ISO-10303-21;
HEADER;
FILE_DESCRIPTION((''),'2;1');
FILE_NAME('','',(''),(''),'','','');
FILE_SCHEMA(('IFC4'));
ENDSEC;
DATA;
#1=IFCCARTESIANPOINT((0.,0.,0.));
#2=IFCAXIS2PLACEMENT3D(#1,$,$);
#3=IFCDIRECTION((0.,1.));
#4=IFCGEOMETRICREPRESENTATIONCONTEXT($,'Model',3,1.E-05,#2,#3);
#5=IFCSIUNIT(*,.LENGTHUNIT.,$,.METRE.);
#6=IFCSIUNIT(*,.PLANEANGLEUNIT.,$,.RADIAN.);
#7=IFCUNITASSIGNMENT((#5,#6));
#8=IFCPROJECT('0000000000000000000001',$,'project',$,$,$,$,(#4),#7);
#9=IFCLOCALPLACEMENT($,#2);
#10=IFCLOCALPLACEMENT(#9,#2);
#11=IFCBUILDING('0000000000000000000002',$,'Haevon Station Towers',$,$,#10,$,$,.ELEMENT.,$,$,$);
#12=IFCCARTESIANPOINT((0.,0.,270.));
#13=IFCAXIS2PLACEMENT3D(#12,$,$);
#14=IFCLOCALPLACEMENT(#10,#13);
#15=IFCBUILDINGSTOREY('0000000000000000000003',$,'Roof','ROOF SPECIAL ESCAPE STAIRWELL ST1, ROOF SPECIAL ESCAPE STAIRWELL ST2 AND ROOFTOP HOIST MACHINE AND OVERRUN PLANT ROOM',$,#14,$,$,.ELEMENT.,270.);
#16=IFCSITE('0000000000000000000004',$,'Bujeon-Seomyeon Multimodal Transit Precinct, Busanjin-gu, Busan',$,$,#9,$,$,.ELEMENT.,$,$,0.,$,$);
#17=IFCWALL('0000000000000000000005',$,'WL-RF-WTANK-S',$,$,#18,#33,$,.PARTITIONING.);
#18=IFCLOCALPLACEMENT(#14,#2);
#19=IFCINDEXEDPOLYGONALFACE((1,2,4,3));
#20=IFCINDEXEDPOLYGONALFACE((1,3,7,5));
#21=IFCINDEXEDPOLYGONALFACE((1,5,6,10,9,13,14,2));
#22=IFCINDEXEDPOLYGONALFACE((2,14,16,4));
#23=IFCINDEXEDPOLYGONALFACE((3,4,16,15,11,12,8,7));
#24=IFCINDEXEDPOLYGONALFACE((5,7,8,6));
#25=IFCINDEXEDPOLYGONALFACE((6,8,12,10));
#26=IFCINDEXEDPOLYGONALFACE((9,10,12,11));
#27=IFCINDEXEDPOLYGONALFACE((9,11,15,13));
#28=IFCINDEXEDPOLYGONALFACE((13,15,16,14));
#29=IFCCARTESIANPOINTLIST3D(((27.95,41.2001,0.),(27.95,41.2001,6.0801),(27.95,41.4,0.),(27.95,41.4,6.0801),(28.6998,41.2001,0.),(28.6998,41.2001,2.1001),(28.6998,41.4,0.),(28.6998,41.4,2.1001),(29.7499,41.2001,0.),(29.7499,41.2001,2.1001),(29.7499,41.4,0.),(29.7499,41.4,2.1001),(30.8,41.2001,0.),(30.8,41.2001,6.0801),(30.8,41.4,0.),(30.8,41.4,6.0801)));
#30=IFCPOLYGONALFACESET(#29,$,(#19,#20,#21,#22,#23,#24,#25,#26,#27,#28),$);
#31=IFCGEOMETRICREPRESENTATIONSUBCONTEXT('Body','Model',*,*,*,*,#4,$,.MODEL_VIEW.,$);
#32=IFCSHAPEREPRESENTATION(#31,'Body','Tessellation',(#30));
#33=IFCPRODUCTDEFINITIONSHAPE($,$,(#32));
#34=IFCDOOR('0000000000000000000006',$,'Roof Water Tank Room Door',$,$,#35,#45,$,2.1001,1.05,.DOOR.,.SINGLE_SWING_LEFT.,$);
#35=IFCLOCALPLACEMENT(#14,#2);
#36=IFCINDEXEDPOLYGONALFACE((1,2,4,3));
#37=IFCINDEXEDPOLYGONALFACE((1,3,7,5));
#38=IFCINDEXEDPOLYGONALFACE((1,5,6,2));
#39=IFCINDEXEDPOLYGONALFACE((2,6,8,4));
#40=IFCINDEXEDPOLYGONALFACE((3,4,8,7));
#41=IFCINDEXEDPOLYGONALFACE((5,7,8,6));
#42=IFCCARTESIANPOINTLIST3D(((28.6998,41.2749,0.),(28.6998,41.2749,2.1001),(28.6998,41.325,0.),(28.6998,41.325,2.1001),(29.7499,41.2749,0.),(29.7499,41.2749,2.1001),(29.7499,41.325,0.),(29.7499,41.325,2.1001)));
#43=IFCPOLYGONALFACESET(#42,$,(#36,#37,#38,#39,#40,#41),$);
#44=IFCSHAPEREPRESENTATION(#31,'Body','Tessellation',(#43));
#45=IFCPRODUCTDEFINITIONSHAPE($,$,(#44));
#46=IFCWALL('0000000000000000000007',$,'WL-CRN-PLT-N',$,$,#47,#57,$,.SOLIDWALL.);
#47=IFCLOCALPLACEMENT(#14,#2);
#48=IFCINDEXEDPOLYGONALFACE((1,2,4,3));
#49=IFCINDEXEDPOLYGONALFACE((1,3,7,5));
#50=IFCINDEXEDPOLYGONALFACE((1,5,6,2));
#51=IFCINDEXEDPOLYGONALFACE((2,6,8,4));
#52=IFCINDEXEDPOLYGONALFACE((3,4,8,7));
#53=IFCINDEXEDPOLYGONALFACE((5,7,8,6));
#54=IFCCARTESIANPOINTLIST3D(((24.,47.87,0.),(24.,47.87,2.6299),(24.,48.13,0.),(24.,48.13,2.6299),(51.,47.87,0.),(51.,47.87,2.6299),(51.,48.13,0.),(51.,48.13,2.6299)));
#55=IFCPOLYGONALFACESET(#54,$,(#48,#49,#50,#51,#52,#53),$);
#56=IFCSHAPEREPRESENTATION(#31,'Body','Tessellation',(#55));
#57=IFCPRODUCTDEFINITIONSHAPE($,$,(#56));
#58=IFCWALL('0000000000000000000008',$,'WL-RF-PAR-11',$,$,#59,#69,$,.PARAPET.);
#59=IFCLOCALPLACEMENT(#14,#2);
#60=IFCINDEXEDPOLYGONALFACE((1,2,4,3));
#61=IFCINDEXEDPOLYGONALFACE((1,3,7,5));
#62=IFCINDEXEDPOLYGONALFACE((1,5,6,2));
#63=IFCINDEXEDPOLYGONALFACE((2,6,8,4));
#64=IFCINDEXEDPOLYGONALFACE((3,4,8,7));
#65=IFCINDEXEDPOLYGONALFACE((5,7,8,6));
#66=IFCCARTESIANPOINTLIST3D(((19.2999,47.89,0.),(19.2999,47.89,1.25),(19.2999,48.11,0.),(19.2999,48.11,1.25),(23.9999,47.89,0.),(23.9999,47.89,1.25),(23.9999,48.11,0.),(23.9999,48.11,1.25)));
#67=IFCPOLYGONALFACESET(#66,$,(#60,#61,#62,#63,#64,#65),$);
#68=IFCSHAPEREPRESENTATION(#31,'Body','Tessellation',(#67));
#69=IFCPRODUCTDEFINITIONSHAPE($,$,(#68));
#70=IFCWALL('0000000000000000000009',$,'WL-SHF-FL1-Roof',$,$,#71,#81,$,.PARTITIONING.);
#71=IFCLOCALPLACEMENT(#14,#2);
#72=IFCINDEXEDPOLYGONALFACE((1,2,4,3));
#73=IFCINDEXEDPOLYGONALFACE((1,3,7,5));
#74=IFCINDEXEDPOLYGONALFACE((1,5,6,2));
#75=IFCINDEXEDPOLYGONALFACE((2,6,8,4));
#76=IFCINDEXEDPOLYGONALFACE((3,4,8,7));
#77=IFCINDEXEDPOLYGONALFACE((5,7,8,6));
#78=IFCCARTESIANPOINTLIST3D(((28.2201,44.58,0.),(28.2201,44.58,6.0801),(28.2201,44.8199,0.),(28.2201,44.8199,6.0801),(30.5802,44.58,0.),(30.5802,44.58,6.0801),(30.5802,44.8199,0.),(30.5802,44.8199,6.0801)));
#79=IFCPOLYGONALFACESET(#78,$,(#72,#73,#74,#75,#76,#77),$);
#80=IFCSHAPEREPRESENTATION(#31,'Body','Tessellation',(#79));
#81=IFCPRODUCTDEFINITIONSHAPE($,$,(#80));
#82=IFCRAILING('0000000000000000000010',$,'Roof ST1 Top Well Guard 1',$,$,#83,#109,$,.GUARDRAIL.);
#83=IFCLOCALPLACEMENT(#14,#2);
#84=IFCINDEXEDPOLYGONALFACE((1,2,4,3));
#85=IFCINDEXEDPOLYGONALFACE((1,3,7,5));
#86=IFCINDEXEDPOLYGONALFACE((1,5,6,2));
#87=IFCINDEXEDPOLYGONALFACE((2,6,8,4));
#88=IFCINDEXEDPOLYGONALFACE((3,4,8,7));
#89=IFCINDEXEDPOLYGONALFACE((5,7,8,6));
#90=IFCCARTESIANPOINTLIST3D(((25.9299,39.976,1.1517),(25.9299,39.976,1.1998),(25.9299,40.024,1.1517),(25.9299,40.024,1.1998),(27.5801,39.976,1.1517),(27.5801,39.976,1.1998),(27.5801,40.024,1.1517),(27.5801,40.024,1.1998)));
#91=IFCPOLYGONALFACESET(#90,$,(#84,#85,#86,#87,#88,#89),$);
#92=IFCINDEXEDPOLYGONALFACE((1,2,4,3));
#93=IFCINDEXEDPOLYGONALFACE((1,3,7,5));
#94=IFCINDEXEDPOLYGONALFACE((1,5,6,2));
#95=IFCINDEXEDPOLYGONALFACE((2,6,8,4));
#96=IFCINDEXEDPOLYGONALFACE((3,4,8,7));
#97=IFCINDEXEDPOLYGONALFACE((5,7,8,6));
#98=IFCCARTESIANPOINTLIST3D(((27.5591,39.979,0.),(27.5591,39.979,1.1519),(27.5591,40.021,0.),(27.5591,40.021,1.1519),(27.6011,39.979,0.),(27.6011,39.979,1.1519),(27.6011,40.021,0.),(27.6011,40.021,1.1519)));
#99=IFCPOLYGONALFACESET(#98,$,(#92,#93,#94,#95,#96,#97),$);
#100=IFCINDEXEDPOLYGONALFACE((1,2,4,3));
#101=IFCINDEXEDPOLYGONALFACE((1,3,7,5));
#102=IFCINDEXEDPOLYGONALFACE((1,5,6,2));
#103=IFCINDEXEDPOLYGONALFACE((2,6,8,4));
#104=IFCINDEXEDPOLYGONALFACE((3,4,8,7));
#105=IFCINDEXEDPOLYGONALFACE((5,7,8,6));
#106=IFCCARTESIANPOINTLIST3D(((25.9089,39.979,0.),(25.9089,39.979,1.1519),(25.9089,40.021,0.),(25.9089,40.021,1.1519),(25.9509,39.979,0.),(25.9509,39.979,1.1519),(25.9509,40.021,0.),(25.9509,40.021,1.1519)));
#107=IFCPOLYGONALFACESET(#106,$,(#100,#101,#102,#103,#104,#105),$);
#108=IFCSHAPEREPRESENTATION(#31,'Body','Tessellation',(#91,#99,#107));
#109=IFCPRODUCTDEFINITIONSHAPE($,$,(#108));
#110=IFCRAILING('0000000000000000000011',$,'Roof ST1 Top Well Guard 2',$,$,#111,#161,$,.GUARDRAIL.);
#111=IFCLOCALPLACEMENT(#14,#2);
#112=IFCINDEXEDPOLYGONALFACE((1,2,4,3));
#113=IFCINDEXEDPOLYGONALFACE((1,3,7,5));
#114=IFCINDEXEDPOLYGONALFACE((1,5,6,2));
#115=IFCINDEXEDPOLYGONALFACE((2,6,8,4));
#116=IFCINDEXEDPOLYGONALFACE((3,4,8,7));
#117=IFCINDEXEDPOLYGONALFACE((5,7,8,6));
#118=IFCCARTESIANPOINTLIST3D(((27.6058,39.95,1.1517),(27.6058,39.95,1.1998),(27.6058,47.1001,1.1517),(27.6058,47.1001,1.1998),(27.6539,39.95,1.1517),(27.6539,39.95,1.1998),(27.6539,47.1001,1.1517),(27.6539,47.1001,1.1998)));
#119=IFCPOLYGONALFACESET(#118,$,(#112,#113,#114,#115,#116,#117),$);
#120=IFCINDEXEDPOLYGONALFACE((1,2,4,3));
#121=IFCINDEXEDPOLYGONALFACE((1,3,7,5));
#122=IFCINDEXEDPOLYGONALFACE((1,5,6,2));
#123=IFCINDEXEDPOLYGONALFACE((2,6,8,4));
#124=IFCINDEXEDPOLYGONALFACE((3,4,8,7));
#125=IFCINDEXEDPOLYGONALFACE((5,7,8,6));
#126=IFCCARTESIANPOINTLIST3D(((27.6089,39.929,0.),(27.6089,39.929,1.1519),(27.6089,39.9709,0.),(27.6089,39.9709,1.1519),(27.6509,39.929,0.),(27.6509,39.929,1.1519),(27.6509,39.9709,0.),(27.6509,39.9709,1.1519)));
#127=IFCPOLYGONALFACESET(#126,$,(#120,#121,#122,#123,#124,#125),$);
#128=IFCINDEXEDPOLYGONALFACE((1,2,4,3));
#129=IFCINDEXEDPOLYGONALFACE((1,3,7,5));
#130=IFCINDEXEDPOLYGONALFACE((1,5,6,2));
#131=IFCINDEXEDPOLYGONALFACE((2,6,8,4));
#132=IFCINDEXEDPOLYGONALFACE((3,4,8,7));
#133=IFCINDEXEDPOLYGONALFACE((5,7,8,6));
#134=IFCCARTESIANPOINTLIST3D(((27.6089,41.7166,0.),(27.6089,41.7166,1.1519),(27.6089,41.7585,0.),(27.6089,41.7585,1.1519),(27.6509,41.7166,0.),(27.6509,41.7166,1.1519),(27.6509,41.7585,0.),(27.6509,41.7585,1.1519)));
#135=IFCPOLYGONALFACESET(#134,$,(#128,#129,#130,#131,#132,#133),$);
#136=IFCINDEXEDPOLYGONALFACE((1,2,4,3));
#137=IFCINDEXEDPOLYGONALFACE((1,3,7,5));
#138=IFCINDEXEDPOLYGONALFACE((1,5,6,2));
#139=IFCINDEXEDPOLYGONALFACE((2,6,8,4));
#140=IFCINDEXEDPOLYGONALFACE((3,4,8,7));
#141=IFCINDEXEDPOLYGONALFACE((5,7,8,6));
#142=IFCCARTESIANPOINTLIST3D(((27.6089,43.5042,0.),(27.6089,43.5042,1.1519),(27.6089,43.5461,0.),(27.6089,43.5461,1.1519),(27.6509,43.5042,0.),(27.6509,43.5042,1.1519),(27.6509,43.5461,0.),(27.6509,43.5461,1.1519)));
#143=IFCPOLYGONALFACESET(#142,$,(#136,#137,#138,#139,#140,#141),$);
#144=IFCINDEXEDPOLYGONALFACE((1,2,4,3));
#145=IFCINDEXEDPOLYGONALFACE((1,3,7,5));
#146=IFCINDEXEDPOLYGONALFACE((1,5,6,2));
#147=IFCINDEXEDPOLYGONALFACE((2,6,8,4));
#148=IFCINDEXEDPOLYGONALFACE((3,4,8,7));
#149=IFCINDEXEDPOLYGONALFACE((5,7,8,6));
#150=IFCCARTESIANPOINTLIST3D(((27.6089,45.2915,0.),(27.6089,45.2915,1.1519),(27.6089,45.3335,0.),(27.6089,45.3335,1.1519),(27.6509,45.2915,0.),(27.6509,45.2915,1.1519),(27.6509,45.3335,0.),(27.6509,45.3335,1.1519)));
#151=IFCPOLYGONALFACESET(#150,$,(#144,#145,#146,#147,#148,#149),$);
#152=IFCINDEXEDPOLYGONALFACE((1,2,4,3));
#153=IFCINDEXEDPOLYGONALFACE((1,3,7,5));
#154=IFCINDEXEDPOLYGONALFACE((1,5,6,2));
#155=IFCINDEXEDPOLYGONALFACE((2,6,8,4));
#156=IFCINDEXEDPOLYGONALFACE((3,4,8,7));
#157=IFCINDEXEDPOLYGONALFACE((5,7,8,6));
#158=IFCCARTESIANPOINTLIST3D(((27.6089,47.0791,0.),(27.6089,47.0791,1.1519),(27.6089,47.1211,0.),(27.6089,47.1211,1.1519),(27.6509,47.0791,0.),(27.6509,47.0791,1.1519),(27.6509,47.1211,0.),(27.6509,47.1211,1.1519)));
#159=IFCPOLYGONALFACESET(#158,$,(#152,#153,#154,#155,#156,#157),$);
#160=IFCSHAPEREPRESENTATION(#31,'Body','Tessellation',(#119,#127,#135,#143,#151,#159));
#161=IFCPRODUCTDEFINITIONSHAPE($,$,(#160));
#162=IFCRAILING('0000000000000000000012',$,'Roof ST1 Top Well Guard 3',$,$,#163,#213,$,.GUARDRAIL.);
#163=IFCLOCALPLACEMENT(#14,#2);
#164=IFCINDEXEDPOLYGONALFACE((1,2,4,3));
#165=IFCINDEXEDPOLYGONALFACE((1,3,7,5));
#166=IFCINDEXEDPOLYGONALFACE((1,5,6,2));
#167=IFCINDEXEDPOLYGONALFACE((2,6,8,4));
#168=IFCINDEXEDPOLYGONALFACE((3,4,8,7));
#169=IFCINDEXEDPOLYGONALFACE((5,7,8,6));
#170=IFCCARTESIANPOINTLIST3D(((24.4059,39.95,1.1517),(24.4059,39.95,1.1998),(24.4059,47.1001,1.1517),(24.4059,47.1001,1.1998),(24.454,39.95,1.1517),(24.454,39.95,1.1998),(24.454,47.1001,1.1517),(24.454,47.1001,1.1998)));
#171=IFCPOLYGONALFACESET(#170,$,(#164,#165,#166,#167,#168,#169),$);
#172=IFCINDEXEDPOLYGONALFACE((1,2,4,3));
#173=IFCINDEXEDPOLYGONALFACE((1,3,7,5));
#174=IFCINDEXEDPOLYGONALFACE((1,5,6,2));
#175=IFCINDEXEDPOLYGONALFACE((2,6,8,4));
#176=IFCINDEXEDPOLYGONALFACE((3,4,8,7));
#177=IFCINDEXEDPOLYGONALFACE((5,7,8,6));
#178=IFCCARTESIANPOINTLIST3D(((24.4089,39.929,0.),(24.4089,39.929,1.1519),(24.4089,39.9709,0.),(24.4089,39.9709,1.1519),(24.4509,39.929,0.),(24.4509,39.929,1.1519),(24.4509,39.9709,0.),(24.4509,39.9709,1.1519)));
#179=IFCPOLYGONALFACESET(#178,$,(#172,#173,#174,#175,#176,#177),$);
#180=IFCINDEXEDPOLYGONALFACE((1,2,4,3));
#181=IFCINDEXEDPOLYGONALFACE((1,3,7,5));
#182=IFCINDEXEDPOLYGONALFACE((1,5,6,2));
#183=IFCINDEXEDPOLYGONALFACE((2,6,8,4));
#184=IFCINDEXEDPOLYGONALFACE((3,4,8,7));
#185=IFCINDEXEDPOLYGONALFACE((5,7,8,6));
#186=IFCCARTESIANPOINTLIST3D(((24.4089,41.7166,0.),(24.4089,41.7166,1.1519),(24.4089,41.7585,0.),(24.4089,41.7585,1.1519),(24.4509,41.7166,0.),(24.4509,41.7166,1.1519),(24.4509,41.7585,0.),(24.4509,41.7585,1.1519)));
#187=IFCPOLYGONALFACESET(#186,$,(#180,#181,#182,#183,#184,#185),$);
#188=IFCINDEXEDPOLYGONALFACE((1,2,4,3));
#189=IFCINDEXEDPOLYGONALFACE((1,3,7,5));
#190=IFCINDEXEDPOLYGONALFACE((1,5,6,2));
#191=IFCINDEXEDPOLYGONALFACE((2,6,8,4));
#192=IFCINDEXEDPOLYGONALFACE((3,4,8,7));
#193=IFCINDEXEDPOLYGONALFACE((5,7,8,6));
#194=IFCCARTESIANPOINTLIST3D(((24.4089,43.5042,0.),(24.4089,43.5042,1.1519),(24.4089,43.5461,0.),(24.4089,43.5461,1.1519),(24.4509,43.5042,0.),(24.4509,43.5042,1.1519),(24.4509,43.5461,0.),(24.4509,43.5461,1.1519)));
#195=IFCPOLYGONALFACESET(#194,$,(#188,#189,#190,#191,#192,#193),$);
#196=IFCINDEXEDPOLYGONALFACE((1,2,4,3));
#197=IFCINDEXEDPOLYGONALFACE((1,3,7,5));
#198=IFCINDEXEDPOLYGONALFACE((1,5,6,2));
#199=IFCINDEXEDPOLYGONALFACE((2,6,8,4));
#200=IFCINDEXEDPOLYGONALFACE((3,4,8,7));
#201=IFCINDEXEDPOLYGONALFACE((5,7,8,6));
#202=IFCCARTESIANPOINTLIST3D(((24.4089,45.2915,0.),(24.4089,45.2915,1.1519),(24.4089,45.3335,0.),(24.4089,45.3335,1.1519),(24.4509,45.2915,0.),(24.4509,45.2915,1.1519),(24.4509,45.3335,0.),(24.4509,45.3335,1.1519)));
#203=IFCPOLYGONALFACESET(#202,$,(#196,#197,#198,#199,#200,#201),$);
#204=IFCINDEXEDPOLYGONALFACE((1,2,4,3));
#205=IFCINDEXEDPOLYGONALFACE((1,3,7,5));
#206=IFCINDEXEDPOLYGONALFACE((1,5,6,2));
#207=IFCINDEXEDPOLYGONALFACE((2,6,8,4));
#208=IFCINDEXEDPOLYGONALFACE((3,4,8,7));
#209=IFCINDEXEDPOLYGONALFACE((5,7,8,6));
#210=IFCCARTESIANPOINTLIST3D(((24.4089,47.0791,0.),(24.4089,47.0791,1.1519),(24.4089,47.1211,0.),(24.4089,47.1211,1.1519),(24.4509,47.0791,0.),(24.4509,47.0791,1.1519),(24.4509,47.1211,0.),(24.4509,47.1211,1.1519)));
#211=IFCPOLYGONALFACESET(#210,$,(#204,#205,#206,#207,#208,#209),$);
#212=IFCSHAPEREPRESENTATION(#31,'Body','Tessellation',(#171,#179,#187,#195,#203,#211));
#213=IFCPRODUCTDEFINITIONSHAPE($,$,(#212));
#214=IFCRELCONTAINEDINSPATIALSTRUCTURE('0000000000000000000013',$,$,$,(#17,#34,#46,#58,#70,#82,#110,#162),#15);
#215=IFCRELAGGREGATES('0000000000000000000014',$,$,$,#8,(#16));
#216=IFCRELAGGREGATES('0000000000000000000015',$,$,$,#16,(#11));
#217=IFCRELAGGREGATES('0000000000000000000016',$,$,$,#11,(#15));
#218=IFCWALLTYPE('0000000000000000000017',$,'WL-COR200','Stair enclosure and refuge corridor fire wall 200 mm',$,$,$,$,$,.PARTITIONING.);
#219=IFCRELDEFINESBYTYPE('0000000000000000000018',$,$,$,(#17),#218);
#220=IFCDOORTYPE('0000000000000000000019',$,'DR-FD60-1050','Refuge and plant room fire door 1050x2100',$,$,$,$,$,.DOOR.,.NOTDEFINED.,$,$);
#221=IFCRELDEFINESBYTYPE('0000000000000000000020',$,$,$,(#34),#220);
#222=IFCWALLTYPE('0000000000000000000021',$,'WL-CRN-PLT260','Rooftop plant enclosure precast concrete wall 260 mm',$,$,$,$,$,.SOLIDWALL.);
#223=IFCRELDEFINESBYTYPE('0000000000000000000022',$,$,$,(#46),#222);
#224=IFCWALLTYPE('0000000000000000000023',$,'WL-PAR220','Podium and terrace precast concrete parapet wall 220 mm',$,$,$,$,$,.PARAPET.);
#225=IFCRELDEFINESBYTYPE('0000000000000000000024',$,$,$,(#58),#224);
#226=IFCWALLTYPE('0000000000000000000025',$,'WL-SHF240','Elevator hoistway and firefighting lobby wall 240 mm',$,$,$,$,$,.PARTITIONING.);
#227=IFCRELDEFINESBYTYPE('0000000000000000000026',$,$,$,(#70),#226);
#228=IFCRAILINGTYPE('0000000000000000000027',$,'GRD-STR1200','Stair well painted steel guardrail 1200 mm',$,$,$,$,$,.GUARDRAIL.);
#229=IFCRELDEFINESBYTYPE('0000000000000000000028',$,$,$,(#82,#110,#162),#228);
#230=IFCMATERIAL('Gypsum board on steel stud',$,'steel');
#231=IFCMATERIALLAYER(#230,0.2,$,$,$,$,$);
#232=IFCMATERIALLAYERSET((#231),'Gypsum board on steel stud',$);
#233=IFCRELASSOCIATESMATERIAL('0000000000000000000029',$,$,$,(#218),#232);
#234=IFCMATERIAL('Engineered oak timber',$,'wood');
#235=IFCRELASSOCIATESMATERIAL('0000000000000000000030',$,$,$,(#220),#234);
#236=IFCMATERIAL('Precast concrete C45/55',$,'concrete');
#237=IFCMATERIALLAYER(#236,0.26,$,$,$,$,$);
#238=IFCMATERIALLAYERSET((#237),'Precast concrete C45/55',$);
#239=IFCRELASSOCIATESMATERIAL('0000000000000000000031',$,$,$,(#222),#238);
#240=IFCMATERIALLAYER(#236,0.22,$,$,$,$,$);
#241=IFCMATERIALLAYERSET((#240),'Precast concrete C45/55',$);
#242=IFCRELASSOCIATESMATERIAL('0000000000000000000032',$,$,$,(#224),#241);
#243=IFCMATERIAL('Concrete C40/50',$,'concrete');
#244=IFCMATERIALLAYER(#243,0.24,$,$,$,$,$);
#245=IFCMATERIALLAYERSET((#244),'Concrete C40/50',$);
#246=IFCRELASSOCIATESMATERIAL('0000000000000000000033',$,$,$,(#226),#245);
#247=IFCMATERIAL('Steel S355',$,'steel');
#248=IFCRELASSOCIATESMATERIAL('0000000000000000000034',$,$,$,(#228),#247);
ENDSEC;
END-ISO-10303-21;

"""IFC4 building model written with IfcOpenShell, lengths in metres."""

from ifc_helpers import new_model, si_unit, direction, frame, frame_2d, origin, origin_2d, place, context, subcontext, project, spatial, rectangle, extrude, material, layer, layer_set, type_object, element, fill, save


model = new_model("IFC4")

# Units and contexts
model_context = context("Model", 3, precision=1e-05, world=origin(), true_north=direction((0.0, 1.0)))
body_context = subcontext(model_context, "Body", "Model", "MODEL_VIEW")
ifc_project = project(units=[si_unit("LENGTHUNIT", "METRE"), si_unit("PLANEANGLEUNIT", "RADIAN")], contexts=[model_context])

# Site, building, storey
site_placement = place(None, origin())
site = spatial("IfcSite", under=ifc_project, at=site_placement, Name="Bujeon-Seomyeon Multimodal Transit Precinct, Busanjin-gu, Busan", CompositionType="ELEMENT", RefElevation=0.0)
building_placement = place(site_placement, origin())
building = spatial("IfcBuilding", under=site, at=building_placement, Name="Haevon Station Towers", CompositionType="ELEMENT")
storey_placement = place(building_placement, frame((0.0, 0.0, 270.0)))
storey = spatial("IfcBuildingStorey", under=building, at=storey_placement, Name="Roof", Description="ROOF SPECIAL ESCAPE STAIRWELL ST1, ROOF SPECIAL ESCAPE STAIRWELL ST2 AND ROOFTOP HOIST MACHINE AND OVERRUN PLANT ROOM", CompositionType="ELEMENT", Elevation=270.0)

# Shared definitions
ifc_material_1 = material(Name="Steel S355", Category="steel")

# Wall, opening, door
ifc_material_2 = material(Name="Gypsum board on steel stud", Category="steel")
ifc_layer_1 = layer(ifc_material_2, 0.2)
ifc_layer_set_1 = layer_set([ifc_layer_1], Name="Gypsum board on steel stud")
wall_type_1 = type_object("IfcWallType", Name="WL-COR200", Description="Stair enclosure and refuge corridor fire wall 200 mm", PredefinedType="PARTITIONING", material=ifc_layer_set_1)
ifc_material_3 = material(Name="Engineered oak timber", Category="wood")
wall_1_placement = place(storey_placement, frame((27.95, 41.3, 0.0), z_axis=(0.0, 0.0, 1.0), x_axis=(1.0, 0.0, 0.0)))
wall_1 = element("IfcWall", 1, at=wall_1_placement, inside=storey, type_object=wall_type_1, Name="WL-RF-WTANK-S", PredefinedType="PARTITIONING", context=body_context, shape_type="SweptSolid", body=[
    extrude(rectangle(XDim=2.8501, YDim=0.2, at=frame_2d((1.425, 0.0))), origin(), (0.0, 0.0, 1.0), 6.0801),
])
opening_1_placement = place(wall_1_placement, frame((0.75, 0.0, 0.0)))
opening_1 = element("IfcOpeningElement", 2, at=opening_1_placement, cuts=wall_1, PredefinedType="OPENING", context=body_context, shape_type="SweptSolid", body=[
    extrude(rectangle(XDim=1.05, YDim=2.1001, at=frame_2d((0.5249, 1.05))), frame((0.0, 0.1099, 0.0), z_axis=(0.0, -1.0, 0.0), x_axis=(1.0, 0.0, 0.0)), (0.0, 0.0, 1.0), 0.22),
])
door_type_1 = type_object("IfcDoorType", Name="DR-FD60-1050", Description="Refuge and plant room fire door 1050x2100", OperationType="NOTDEFINED", PredefinedType="DOOR", material=ifc_material_3)
door_1_placement = place(opening_1_placement, origin())
door_1 = element("IfcDoor", 3, at=door_1_placement, inside=storey, type_object=door_type_1, Name="Roof Water Tank Room Door", OperationType="SINGLE_SWING_LEFT", OverallHeight=2.1001, OverallWidth=1.05, PredefinedType="DOOR", context=body_context, shape_type="SweptSolid", body=[
    extrude(rectangle(XDim=1.05, YDim=2.1001, at=frame_2d((0.5249, 1.05))), frame((0.0, 0.0249, 0.0), z_axis=(0.0, -1.0, 0.0), x_axis=(1.0, 0.0, 0.0)), (0.0, 0.0, 1.0), 0.05),
])
fill(opening_1, door_1)

# Walls
ifc_material_4 = material(Name="Precast concrete C45/55", Category="concrete")
ifc_layer_2 = layer(ifc_material_4, 0.26)
ifc_layer_set_2 = layer_set([ifc_layer_2], Name="Precast concrete C45/55")
wall_type_2 = type_object("IfcWallType", Name="WL-CRN-PLT260", Description="Rooftop plant enclosure precast concrete wall 260 mm", PredefinedType="SOLIDWALL", material=ifc_layer_set_2)
wall_2_placement = place(storey_placement, frame((24.0, 48.0, 0.0), z_axis=(0.0, 0.0, 1.0), x_axis=(1.0, 0.0, 0.0)))
element("IfcWall", 4, at=wall_2_placement, inside=storey, type_object=wall_type_2, Name="WL-CRN-PLT-N", PredefinedType="SOLIDWALL", context=body_context, shape_type="SweptSolid", body=[
    extrude(rectangle(XDim=27.0, YDim=0.26, at=frame_2d((13.5, 0.0))), origin(), (0.0, 0.0, 1.0), 2.6299),
])
ifc_layer_3 = layer(ifc_material_4, 0.22)
ifc_layer_set_3 = layer_set([ifc_layer_3], Name="Precast concrete C45/55")
wall_type_3 = type_object("IfcWallType", Name="WL-PAR220", Description="Podium and terrace precast concrete parapet wall 220 mm", PredefinedType="PARAPET", material=ifc_layer_set_3)
wall_3_placement = place(storey_placement, frame((24.0, 48.0, 0.0), z_axis=(0.0, 0.0, 1.0), x_axis=(-1.0, 0.0, 0.0)))
element("IfcWall", 5, at=wall_3_placement, inside=storey, type_object=wall_type_3, Name="WL-RF-PAR-11", PredefinedType="PARAPET", context=body_context, shape_type="SweptSolid", body=[
    extrude(rectangle(XDim=4.7, YDim=0.22, at=frame_2d((2.3501, 0.0))), origin(), (0.0, 0.0, 1.0), 1.25),
])
ifc_material_5 = material(Name="Concrete C40/50", Category="concrete")
ifc_layer_4 = layer(ifc_material_5, 0.24)
ifc_layer_set_4 = layer_set([ifc_layer_4], Name="Concrete C40/50")
wall_type_4 = type_object("IfcWallType", Name="WL-SHF240", Description="Elevator hoistway and firefighting lobby wall 240 mm", PredefinedType="PARTITIONING", material=ifc_layer_set_4)
wall_4_placement = place(storey_placement, frame((28.22, 44.7, 0.0), z_axis=(0.0, 0.0, 1.0), x_axis=(1.0, 0.0, 0.0)))
element("IfcWall", 6, at=wall_4_placement, inside=storey, type_object=wall_type_4, Name="WL-SHF-FL1-Roof", PredefinedType="PARTITIONING", context=body_context, shape_type="SweptSolid", body=[
    extrude(rectangle(XDim=2.3601, YDim=0.24, at=frame_2d((1.1802, 0.0))), origin(), (0.0, 0.0, 1.0), 6.0801),
])

# Railings
railing_type = type_object("IfcRailingType", Name="GRD-STR1200", Description="Stair well painted steel guardrail 1200 mm", PredefinedType="GUARDRAIL", material=ifc_material_1)
railing_1_placement = place(storey_placement, frame((27.5801, 40.0, 0.0)))
element("IfcRailing", 7, at=railing_1_placement, inside=storey, type_object=railing_type, Name="Roof ST1 Top Well Guard 1", PredefinedType="GUARDRAIL", context=body_context, shape_type="SweptSolid", body=[
    extrude(rectangle(XDim=0.0481, YDim=0.0481, at=origin_2d()), frame((0.0, 0.0, 1.1758), z_axis=(-1.0, 0.0, 0.0), x_axis=(0.0, -1.0, 0.0)), (0.0, 0.0, 1.0), 1.6501),
    extrude(rectangle(XDim=0.042, YDim=0.042, at=origin_2d()), origin(), (0.0, 0.0, 1.0), 1.1519),
    extrude(rectangle(XDim=0.042, YDim=0.042, at=origin_2d()), frame((-1.6501, 0.0, 0.0)), (0.0, 0.0, 1.0), 1.1519),
])
for number, where, name in (
    (8, (27.6299, 39.95, 0.0), "Roof ST1 Top Well Guard 2"),
    (9, (24.4299, 39.95, 0.0), "Roof ST1 Top Well Guard 3"),
):
    element("IfcRailing", number, at=place(storey_placement, frame(where)), inside=storey, type_object=railing_type, Name=name, PredefinedType="GUARDRAIL", context=body_context, shape_type="SweptSolid", body=[
        extrude(rectangle(XDim=0.0481, YDim=0.0481, at=origin_2d()), frame((0.0, 0.0, 1.1758), z_axis=(0.0, 1.0, 0.0), x_axis=(-1.0, 0.0, 0.0)), (0.0, 0.0, 1.0), 7.1501),
        extrude(rectangle(XDim=0.042, YDim=0.042, at=origin_2d()), origin(), (0.0, 0.0, 1.0), 1.1519),
        extrude(rectangle(XDim=0.042, YDim=0.042, at=origin_2d()), frame((0.0, 1.7876, 0.0)), (0.0, 0.0, 1.0), 1.1519),
        extrude(rectangle(XDim=0.042, YDim=0.042, at=origin_2d()), frame((0.0, 3.5752, 0.0)), (0.0, 0.0, 1.0), 1.1519),
        extrude(rectangle(XDim=0.042, YDim=0.042, at=origin_2d()), frame((0.0, 5.3625, 0.0)), (0.0, 0.0, 1.0), 1.1519),
        extrude(rectangle(XDim=0.042, YDim=0.042, at=origin_2d()), frame((0.0, 7.1501, 0.0)), (0.0, 0.0, 1.0), 1.1519),
    ])

save(model, "model.ifc")
